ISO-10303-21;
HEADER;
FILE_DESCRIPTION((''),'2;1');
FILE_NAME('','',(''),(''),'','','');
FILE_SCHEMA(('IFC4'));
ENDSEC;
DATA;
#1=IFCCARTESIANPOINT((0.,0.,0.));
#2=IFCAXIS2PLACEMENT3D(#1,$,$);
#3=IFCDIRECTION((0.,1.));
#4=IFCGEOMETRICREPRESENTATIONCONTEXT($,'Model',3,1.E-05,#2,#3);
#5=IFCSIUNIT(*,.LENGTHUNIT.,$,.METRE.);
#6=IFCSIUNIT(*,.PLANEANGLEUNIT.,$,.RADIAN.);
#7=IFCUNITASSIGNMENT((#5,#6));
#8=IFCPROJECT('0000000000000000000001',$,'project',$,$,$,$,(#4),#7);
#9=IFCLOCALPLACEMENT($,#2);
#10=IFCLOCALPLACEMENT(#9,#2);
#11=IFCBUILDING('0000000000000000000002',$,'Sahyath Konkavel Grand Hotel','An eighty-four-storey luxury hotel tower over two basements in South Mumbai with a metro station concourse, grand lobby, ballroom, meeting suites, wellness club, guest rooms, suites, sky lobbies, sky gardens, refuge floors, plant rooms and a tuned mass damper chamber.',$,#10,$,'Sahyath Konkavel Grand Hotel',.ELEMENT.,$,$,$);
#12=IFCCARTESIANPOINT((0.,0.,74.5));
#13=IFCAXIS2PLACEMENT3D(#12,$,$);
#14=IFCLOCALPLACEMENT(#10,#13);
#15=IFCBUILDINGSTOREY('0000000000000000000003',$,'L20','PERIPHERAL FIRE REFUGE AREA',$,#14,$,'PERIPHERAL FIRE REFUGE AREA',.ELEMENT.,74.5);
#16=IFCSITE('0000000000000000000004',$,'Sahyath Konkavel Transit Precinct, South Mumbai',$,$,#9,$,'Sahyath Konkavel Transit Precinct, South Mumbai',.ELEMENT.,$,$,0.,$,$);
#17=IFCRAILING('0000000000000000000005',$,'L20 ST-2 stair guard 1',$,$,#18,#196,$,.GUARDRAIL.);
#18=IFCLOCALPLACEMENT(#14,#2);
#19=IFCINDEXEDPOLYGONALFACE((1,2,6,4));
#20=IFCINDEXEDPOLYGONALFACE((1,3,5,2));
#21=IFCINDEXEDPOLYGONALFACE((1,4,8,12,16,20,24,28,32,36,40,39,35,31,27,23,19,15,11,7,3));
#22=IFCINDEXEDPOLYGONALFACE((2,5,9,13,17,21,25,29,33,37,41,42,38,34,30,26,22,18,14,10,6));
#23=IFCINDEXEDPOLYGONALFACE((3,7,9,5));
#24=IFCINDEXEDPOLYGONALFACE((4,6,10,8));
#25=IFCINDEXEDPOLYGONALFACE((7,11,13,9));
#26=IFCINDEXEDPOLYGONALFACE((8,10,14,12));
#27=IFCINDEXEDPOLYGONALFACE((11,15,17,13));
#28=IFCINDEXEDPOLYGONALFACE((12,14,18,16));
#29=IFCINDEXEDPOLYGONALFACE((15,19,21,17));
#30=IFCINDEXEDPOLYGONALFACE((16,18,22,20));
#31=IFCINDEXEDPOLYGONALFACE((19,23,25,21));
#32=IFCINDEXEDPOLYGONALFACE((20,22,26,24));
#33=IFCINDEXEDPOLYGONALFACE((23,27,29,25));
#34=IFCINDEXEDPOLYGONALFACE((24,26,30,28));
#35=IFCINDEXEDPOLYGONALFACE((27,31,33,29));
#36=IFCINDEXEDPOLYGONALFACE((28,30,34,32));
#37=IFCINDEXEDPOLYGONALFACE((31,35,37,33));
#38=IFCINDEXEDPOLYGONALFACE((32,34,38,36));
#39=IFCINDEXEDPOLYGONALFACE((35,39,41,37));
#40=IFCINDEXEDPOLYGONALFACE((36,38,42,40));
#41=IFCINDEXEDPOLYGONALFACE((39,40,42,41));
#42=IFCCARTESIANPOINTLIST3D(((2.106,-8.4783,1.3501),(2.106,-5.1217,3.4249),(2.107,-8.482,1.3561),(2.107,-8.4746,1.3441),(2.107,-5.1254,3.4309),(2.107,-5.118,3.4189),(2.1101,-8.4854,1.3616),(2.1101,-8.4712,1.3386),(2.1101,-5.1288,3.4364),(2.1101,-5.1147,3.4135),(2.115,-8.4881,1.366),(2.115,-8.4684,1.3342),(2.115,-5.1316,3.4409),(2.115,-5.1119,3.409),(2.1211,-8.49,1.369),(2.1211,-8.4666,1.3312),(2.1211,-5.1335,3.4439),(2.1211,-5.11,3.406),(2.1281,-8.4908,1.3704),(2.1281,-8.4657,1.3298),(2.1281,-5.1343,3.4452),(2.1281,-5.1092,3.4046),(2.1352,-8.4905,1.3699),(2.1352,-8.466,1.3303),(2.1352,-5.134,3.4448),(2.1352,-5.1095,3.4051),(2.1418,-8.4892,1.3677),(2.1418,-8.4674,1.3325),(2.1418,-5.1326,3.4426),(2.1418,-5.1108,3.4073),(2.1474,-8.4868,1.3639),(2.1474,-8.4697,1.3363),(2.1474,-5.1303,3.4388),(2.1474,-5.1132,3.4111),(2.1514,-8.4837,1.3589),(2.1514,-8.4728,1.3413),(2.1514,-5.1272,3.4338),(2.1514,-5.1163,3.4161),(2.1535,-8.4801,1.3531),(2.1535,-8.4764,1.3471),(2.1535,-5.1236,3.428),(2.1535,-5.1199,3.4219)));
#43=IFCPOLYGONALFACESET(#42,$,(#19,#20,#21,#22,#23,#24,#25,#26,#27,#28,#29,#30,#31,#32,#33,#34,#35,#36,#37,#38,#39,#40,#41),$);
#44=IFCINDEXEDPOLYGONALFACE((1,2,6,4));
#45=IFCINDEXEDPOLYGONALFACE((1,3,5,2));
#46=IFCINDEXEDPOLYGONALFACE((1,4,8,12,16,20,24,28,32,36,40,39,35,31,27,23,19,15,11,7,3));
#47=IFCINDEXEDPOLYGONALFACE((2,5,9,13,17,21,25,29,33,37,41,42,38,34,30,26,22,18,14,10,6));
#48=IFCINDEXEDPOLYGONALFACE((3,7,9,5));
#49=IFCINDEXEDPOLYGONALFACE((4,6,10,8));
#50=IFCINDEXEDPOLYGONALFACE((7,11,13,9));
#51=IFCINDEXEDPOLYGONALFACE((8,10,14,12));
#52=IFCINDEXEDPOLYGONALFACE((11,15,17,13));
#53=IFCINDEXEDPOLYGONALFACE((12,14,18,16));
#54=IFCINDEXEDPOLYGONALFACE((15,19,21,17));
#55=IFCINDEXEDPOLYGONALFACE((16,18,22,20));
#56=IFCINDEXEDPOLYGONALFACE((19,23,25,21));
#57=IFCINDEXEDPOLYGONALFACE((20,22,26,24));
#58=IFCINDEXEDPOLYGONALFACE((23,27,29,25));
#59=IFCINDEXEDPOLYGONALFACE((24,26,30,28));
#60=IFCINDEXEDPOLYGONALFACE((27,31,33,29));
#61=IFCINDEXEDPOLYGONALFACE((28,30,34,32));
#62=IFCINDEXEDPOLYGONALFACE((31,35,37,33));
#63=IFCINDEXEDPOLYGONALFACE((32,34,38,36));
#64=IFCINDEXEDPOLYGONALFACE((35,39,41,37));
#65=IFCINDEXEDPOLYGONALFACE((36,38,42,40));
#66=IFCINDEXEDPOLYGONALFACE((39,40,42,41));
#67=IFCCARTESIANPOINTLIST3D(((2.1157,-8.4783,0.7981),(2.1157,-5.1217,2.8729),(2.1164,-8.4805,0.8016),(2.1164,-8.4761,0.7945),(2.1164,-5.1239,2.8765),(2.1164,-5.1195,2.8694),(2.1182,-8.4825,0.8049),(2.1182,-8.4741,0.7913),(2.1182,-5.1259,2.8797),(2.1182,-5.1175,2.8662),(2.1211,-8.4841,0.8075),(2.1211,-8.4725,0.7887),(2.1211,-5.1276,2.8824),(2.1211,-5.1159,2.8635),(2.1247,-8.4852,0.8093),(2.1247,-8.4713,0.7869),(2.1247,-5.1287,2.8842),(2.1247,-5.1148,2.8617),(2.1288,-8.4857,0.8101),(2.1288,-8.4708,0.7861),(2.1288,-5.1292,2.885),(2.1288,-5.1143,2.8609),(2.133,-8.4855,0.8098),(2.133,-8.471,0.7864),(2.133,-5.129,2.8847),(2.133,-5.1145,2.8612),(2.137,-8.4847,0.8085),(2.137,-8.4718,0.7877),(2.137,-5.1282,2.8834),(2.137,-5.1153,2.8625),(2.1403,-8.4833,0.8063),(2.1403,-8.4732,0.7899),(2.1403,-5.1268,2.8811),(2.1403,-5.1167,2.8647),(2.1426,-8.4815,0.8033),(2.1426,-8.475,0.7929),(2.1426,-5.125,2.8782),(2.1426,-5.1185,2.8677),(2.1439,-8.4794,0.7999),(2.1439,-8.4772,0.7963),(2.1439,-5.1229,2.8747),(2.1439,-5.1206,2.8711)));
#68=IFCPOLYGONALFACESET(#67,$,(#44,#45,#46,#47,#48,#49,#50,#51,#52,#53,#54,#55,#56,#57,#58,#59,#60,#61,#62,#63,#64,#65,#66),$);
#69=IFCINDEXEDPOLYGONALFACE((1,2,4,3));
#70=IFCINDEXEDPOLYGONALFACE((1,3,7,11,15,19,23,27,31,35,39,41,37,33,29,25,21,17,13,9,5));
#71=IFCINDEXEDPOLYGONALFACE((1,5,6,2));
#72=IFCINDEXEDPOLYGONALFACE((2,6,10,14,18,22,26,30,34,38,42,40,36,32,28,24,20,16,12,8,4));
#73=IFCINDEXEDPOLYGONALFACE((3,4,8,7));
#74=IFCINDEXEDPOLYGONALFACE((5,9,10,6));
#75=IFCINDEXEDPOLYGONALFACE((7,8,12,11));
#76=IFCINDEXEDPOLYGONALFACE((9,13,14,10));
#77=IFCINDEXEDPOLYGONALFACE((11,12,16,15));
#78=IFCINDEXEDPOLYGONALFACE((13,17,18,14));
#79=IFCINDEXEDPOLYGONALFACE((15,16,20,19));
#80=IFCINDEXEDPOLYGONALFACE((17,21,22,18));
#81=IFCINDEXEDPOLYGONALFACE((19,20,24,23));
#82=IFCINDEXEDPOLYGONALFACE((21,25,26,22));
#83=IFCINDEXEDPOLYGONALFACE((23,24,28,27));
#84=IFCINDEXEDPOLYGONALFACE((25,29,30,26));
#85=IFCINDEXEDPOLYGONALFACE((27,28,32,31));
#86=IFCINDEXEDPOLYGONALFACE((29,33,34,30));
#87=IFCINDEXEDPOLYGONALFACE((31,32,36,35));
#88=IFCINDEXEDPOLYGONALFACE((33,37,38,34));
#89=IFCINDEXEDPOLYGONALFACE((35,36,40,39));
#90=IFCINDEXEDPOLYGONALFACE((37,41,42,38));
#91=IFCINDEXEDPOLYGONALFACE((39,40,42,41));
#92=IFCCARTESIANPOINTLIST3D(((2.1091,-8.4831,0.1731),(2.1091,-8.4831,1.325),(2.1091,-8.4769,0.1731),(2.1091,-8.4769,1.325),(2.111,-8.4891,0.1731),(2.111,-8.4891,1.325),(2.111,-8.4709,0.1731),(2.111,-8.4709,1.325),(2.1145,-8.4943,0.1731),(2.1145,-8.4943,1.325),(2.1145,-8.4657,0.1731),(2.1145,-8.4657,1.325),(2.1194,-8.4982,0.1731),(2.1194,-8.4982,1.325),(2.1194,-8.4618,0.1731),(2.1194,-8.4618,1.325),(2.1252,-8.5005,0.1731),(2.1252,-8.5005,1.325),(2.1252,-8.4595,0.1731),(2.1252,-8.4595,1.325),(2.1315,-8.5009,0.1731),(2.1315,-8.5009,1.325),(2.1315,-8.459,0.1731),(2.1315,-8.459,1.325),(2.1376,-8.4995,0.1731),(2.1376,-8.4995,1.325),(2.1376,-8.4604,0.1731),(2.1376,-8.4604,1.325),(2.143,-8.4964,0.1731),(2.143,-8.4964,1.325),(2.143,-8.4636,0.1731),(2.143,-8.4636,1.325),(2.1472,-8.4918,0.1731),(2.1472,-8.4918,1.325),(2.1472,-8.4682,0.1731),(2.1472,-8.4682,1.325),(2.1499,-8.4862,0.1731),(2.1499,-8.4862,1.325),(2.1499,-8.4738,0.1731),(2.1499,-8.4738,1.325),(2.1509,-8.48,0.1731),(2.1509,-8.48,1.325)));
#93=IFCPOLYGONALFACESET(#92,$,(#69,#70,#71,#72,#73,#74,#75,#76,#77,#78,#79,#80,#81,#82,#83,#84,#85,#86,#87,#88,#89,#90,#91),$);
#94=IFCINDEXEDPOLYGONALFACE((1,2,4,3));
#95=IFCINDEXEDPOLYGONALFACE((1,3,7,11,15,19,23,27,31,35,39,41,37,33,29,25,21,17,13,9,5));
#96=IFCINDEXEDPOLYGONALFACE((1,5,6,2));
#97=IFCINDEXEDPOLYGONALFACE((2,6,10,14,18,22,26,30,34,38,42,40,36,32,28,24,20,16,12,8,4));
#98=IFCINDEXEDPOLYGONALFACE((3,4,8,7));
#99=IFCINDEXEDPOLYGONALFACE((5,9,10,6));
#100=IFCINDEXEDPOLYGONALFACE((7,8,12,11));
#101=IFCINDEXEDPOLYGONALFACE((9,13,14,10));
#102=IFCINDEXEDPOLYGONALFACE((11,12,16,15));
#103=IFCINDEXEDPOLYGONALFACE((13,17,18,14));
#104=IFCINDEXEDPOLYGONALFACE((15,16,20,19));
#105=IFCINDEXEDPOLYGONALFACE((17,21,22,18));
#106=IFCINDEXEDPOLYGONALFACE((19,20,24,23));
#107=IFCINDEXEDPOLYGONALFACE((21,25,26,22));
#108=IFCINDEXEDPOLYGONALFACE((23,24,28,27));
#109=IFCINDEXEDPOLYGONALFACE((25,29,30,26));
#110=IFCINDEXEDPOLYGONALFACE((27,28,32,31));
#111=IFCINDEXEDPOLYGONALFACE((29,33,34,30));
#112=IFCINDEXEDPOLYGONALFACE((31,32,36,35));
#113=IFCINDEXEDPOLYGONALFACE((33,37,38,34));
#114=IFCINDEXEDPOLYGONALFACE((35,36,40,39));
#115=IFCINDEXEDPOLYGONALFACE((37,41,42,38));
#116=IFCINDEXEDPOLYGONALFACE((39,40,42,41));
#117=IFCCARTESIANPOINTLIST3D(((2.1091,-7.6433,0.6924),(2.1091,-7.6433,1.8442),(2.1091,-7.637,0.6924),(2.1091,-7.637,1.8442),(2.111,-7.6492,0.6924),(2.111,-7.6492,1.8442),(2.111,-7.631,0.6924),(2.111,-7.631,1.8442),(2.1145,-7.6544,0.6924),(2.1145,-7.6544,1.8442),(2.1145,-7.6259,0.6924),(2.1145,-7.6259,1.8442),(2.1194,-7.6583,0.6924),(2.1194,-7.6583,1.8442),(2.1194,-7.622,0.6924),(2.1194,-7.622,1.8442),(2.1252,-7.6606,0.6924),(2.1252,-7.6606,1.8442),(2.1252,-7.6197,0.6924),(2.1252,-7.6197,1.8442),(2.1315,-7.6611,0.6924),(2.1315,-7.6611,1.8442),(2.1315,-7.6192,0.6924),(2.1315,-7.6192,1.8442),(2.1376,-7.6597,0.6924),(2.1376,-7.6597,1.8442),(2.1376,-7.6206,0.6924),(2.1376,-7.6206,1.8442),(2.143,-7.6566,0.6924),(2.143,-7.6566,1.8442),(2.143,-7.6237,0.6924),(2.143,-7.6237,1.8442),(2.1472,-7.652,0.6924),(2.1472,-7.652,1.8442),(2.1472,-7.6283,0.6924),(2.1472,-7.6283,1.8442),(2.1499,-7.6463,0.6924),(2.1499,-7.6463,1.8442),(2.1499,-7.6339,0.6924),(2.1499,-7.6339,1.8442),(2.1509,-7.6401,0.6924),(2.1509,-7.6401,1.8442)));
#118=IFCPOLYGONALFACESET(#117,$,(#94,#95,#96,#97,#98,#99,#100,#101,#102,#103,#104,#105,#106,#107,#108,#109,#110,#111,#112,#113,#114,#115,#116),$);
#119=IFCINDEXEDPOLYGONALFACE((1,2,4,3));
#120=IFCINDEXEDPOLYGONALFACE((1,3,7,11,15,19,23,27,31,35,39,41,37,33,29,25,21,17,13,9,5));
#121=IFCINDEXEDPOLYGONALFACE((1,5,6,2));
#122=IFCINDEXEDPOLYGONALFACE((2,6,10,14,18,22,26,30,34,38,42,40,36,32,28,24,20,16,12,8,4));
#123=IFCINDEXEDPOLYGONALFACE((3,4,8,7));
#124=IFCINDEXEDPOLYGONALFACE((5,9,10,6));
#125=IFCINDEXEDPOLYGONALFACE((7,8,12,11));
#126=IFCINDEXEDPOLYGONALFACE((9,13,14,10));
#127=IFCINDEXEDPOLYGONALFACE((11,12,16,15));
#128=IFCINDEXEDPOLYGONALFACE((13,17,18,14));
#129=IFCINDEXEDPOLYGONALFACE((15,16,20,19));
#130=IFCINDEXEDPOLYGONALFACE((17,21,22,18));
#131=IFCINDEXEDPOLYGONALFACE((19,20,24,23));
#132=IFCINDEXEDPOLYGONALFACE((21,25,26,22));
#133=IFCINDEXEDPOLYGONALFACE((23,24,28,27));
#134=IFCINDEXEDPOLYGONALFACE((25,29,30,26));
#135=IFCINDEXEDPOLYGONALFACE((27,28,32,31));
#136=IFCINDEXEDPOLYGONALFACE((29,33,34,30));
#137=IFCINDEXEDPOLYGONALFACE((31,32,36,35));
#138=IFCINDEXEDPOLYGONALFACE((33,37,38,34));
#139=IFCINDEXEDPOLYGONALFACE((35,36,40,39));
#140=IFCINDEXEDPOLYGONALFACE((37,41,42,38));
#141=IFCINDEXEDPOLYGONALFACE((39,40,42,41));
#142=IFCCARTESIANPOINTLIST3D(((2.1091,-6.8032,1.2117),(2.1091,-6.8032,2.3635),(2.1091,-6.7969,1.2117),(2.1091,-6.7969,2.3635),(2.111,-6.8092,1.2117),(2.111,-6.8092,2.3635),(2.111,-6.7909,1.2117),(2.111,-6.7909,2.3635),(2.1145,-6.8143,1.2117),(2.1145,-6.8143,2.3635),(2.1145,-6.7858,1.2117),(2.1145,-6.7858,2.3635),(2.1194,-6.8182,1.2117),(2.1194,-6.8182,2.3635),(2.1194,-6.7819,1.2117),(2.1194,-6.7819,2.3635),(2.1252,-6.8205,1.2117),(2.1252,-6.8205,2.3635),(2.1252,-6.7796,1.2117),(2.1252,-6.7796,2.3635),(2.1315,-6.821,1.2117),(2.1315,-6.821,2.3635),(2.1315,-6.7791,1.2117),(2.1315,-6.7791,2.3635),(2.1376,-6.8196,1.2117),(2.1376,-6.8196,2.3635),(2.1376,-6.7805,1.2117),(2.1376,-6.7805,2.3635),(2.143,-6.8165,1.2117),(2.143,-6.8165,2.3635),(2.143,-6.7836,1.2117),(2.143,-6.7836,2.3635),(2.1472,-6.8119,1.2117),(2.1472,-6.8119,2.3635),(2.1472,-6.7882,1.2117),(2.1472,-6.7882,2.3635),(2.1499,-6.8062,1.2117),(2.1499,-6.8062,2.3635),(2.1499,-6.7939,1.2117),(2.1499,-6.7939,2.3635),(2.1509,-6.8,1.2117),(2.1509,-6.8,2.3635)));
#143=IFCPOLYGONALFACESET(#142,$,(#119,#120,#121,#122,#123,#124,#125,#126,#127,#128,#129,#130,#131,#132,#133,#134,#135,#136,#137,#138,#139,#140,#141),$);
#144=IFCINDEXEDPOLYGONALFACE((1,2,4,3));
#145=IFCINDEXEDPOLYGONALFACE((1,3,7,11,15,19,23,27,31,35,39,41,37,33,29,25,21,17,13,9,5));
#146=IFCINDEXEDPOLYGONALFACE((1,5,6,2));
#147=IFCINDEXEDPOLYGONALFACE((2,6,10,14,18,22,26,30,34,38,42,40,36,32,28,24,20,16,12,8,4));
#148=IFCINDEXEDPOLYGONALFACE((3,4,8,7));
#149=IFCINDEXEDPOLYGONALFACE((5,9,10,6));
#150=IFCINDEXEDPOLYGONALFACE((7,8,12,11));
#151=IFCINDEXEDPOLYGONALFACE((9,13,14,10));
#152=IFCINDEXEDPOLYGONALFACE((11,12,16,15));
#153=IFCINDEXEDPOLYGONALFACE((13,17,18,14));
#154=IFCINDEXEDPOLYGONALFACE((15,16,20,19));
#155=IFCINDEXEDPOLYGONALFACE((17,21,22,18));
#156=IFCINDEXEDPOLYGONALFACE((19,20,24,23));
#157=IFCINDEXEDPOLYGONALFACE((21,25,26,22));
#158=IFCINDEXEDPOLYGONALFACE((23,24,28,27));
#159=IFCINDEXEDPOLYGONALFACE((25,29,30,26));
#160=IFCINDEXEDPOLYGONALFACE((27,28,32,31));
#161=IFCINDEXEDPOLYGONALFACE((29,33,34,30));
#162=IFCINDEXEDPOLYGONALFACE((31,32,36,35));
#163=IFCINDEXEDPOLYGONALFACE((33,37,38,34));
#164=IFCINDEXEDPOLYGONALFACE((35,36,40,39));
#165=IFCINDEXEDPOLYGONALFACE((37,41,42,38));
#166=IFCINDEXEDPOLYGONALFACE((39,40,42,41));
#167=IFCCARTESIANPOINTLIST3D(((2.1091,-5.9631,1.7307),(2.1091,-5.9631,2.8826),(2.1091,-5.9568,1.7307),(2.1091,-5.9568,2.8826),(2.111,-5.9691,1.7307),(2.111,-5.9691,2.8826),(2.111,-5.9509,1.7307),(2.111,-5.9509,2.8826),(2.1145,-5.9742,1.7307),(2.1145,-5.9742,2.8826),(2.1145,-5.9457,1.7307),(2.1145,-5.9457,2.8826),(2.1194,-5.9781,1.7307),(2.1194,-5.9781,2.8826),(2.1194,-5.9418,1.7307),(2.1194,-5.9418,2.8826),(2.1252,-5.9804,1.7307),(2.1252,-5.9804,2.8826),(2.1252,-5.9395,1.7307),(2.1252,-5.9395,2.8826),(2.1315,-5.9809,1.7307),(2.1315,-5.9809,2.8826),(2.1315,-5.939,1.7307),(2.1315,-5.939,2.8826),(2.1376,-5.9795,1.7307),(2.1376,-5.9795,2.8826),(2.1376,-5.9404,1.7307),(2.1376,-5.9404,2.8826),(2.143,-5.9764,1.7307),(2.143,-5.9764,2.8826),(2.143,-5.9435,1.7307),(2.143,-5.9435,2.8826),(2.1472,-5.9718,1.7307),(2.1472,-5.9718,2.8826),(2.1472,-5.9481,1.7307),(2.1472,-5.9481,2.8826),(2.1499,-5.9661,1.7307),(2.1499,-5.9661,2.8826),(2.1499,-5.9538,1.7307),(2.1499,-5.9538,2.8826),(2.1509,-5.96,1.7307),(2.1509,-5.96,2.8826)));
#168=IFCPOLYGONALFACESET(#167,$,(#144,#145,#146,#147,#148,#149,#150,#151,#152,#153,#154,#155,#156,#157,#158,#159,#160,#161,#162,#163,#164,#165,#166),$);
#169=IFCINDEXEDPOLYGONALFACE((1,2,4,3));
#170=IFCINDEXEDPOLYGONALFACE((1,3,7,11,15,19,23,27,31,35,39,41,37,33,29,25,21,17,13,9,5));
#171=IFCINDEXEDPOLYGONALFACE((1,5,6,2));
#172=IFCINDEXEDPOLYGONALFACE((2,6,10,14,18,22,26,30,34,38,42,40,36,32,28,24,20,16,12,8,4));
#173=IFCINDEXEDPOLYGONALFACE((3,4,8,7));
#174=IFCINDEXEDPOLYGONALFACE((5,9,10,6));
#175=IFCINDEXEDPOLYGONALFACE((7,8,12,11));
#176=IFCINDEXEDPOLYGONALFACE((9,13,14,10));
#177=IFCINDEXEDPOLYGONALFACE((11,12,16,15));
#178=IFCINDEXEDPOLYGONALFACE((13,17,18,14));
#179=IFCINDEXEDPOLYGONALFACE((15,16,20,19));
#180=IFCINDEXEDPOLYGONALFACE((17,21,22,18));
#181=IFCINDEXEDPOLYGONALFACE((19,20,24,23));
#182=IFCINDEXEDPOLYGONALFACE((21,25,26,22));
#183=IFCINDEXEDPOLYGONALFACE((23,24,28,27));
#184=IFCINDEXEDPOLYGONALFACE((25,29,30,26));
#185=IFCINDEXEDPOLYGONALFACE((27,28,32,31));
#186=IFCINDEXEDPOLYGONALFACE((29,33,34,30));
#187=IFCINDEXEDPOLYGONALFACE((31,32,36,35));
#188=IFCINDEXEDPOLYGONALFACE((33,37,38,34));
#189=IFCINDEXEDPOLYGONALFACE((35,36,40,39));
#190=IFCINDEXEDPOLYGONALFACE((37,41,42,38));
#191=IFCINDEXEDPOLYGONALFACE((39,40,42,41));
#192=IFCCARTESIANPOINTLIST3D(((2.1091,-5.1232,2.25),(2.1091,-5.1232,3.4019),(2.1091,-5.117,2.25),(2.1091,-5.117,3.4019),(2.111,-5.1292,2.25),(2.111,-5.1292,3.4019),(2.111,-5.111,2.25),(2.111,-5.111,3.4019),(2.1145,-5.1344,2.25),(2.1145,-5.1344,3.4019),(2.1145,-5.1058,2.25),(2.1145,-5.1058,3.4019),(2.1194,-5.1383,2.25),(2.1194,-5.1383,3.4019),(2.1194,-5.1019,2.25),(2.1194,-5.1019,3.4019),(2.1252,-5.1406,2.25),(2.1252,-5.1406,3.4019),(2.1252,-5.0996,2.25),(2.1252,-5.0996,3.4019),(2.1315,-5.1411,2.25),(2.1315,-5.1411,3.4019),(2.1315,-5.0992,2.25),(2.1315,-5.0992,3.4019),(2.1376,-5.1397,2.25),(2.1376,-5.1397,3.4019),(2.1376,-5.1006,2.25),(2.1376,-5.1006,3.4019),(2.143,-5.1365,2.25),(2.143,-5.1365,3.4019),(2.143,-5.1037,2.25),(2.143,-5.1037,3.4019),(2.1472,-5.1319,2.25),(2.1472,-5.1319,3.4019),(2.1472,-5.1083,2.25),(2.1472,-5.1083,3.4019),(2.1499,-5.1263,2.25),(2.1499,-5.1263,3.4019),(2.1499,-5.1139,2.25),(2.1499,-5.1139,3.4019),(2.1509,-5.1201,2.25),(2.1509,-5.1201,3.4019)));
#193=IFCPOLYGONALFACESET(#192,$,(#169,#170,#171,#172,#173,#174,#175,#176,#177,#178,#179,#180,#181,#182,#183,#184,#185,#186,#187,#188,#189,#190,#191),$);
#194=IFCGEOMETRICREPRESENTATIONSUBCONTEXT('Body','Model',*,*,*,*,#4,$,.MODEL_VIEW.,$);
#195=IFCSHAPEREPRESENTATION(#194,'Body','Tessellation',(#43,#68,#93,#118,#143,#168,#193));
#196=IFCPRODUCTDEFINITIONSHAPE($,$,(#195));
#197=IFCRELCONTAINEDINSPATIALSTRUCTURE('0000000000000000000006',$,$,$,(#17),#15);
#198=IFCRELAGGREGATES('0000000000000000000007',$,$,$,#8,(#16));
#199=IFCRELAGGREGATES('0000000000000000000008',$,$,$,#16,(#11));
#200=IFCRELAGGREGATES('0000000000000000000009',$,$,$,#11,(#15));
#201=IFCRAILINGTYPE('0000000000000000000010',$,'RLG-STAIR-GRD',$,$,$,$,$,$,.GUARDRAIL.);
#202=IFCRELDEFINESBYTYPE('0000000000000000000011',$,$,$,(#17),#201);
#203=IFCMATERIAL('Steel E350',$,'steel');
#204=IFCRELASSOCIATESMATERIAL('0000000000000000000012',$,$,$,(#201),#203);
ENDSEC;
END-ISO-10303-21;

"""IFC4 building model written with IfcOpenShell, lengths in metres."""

from ifc_helpers import new_model, si_unit, direction, frame, origin, origin_2d, place, context, subcontext, project, spatial, circle, extrude, material, type_object, element, save


model = new_model("IFC4")

# Units and contexts
model_context = context("Model", 3, precision=1e-05, world=origin(), true_north=direction((0.0, 1.0)))
body_context = subcontext(model_context, "Body", "Model", "MODEL_VIEW")
ifc_project = project(units=[si_unit("LENGTHUNIT", "METRE"), si_unit("PLANEANGLEUNIT", "RADIAN")], contexts=[model_context])

# Site, building, storey
site_placement = place(None, origin())
site = spatial("IfcSite", under=ifc_project, at=site_placement, Name="Sahyath Konkavel Transit Precinct, South Mumbai", LongName="Sahyath Konkavel Transit Precinct, South Mumbai", CompositionType="ELEMENT", RefElevation=0.0)
building_placement = place(site_placement, origin())
building = spatial("IfcBuilding", under=site, at=building_placement, Name="Sahyath Konkavel Grand Hotel", Description="An eighty-four-storey luxury hotel tower over two basements in South Mumbai with a metro station concourse, grand lobby, ballroom, meeting suites, wellness club, guest rooms, suites, sky lobbies, sky gardens, refuge floors, plant rooms and a tuned mass damper chamber.", LongName="Sahyath Konkavel Grand Hotel", CompositionType="ELEMENT")
storey_placement = place(building_placement, frame((0.0, 0.0, 74.5)))
storey = spatial("IfcBuildingStorey", under=building, at=storey_placement, Name="L20", Description="PERIPHERAL FIRE REFUGE AREA", LongName="PERIPHERAL FIRE REFUGE AREA", CompositionType="ELEMENT", Elevation=74.5)

# Shared definitions
ifc_material_1 = material(Name="Steel E350", Category="steel")

# Railing
railing_type_1 = type_object("IfcRailingType", Name="RLG-STAIR-GRD", PredefinedType="GUARDRAIL", material=ifc_material_1)
railing_1_placement = place(storey_placement, frame((2.1299, -8.48, 0.1731)))
element("IfcRailing", 1, at=railing_1_placement, inside=storey, type_object=railing_type_1, Name="L20 ST-2 stair guard 1", PredefinedType="GUARDRAIL", context=body_context, shape_type="SweptSolid", body=[
    extrude(circle(Radius=0.0239, at=origin_2d()), frame((0.0, 0.0017, 1.177), z_axis=(0.0, 0.850606, 0.525803), x_axis=(-1.0, 0.0, 0.0)), (0.0, 0.0, 1.0), 3.946),
    extrude(circle(Radius=0.0142, at=origin_2d()), frame((0.0, 0.0017, 0.625), z_axis=(0.0, 0.850606, 0.525803), x_axis=(-1.0, 0.0, 0.0)), (0.0, 0.0, 1.0), 3.946),
    extrude(circle(Radius=0.021, at=origin_2d()), origin(), (0.0, 0.0, 1.0), 1.1519),
    extrude(circle(Radius=0.021, at=origin_2d()), frame((0.0, 0.8398, 0.5193)), (0.0, 0.0, 1.0), 1.1519),
    extrude(circle(Radius=0.021, at=origin_2d()), frame((0.0, 1.6799, 1.0386)), (0.0, 0.0, 1.0), 1.1519),
    extrude(circle(Radius=0.021, at=origin_2d()), frame((0.0, 2.52, 1.5576)), (0.0, 0.0, 1.0), 1.1519),
    extrude(circle(Radius=0.021, at=origin_2d()), frame((0.0, 3.3599, 2.0769)), (0.0, 0.0, 1.0), 1.1519),
])

save(model, "model.ifc")
